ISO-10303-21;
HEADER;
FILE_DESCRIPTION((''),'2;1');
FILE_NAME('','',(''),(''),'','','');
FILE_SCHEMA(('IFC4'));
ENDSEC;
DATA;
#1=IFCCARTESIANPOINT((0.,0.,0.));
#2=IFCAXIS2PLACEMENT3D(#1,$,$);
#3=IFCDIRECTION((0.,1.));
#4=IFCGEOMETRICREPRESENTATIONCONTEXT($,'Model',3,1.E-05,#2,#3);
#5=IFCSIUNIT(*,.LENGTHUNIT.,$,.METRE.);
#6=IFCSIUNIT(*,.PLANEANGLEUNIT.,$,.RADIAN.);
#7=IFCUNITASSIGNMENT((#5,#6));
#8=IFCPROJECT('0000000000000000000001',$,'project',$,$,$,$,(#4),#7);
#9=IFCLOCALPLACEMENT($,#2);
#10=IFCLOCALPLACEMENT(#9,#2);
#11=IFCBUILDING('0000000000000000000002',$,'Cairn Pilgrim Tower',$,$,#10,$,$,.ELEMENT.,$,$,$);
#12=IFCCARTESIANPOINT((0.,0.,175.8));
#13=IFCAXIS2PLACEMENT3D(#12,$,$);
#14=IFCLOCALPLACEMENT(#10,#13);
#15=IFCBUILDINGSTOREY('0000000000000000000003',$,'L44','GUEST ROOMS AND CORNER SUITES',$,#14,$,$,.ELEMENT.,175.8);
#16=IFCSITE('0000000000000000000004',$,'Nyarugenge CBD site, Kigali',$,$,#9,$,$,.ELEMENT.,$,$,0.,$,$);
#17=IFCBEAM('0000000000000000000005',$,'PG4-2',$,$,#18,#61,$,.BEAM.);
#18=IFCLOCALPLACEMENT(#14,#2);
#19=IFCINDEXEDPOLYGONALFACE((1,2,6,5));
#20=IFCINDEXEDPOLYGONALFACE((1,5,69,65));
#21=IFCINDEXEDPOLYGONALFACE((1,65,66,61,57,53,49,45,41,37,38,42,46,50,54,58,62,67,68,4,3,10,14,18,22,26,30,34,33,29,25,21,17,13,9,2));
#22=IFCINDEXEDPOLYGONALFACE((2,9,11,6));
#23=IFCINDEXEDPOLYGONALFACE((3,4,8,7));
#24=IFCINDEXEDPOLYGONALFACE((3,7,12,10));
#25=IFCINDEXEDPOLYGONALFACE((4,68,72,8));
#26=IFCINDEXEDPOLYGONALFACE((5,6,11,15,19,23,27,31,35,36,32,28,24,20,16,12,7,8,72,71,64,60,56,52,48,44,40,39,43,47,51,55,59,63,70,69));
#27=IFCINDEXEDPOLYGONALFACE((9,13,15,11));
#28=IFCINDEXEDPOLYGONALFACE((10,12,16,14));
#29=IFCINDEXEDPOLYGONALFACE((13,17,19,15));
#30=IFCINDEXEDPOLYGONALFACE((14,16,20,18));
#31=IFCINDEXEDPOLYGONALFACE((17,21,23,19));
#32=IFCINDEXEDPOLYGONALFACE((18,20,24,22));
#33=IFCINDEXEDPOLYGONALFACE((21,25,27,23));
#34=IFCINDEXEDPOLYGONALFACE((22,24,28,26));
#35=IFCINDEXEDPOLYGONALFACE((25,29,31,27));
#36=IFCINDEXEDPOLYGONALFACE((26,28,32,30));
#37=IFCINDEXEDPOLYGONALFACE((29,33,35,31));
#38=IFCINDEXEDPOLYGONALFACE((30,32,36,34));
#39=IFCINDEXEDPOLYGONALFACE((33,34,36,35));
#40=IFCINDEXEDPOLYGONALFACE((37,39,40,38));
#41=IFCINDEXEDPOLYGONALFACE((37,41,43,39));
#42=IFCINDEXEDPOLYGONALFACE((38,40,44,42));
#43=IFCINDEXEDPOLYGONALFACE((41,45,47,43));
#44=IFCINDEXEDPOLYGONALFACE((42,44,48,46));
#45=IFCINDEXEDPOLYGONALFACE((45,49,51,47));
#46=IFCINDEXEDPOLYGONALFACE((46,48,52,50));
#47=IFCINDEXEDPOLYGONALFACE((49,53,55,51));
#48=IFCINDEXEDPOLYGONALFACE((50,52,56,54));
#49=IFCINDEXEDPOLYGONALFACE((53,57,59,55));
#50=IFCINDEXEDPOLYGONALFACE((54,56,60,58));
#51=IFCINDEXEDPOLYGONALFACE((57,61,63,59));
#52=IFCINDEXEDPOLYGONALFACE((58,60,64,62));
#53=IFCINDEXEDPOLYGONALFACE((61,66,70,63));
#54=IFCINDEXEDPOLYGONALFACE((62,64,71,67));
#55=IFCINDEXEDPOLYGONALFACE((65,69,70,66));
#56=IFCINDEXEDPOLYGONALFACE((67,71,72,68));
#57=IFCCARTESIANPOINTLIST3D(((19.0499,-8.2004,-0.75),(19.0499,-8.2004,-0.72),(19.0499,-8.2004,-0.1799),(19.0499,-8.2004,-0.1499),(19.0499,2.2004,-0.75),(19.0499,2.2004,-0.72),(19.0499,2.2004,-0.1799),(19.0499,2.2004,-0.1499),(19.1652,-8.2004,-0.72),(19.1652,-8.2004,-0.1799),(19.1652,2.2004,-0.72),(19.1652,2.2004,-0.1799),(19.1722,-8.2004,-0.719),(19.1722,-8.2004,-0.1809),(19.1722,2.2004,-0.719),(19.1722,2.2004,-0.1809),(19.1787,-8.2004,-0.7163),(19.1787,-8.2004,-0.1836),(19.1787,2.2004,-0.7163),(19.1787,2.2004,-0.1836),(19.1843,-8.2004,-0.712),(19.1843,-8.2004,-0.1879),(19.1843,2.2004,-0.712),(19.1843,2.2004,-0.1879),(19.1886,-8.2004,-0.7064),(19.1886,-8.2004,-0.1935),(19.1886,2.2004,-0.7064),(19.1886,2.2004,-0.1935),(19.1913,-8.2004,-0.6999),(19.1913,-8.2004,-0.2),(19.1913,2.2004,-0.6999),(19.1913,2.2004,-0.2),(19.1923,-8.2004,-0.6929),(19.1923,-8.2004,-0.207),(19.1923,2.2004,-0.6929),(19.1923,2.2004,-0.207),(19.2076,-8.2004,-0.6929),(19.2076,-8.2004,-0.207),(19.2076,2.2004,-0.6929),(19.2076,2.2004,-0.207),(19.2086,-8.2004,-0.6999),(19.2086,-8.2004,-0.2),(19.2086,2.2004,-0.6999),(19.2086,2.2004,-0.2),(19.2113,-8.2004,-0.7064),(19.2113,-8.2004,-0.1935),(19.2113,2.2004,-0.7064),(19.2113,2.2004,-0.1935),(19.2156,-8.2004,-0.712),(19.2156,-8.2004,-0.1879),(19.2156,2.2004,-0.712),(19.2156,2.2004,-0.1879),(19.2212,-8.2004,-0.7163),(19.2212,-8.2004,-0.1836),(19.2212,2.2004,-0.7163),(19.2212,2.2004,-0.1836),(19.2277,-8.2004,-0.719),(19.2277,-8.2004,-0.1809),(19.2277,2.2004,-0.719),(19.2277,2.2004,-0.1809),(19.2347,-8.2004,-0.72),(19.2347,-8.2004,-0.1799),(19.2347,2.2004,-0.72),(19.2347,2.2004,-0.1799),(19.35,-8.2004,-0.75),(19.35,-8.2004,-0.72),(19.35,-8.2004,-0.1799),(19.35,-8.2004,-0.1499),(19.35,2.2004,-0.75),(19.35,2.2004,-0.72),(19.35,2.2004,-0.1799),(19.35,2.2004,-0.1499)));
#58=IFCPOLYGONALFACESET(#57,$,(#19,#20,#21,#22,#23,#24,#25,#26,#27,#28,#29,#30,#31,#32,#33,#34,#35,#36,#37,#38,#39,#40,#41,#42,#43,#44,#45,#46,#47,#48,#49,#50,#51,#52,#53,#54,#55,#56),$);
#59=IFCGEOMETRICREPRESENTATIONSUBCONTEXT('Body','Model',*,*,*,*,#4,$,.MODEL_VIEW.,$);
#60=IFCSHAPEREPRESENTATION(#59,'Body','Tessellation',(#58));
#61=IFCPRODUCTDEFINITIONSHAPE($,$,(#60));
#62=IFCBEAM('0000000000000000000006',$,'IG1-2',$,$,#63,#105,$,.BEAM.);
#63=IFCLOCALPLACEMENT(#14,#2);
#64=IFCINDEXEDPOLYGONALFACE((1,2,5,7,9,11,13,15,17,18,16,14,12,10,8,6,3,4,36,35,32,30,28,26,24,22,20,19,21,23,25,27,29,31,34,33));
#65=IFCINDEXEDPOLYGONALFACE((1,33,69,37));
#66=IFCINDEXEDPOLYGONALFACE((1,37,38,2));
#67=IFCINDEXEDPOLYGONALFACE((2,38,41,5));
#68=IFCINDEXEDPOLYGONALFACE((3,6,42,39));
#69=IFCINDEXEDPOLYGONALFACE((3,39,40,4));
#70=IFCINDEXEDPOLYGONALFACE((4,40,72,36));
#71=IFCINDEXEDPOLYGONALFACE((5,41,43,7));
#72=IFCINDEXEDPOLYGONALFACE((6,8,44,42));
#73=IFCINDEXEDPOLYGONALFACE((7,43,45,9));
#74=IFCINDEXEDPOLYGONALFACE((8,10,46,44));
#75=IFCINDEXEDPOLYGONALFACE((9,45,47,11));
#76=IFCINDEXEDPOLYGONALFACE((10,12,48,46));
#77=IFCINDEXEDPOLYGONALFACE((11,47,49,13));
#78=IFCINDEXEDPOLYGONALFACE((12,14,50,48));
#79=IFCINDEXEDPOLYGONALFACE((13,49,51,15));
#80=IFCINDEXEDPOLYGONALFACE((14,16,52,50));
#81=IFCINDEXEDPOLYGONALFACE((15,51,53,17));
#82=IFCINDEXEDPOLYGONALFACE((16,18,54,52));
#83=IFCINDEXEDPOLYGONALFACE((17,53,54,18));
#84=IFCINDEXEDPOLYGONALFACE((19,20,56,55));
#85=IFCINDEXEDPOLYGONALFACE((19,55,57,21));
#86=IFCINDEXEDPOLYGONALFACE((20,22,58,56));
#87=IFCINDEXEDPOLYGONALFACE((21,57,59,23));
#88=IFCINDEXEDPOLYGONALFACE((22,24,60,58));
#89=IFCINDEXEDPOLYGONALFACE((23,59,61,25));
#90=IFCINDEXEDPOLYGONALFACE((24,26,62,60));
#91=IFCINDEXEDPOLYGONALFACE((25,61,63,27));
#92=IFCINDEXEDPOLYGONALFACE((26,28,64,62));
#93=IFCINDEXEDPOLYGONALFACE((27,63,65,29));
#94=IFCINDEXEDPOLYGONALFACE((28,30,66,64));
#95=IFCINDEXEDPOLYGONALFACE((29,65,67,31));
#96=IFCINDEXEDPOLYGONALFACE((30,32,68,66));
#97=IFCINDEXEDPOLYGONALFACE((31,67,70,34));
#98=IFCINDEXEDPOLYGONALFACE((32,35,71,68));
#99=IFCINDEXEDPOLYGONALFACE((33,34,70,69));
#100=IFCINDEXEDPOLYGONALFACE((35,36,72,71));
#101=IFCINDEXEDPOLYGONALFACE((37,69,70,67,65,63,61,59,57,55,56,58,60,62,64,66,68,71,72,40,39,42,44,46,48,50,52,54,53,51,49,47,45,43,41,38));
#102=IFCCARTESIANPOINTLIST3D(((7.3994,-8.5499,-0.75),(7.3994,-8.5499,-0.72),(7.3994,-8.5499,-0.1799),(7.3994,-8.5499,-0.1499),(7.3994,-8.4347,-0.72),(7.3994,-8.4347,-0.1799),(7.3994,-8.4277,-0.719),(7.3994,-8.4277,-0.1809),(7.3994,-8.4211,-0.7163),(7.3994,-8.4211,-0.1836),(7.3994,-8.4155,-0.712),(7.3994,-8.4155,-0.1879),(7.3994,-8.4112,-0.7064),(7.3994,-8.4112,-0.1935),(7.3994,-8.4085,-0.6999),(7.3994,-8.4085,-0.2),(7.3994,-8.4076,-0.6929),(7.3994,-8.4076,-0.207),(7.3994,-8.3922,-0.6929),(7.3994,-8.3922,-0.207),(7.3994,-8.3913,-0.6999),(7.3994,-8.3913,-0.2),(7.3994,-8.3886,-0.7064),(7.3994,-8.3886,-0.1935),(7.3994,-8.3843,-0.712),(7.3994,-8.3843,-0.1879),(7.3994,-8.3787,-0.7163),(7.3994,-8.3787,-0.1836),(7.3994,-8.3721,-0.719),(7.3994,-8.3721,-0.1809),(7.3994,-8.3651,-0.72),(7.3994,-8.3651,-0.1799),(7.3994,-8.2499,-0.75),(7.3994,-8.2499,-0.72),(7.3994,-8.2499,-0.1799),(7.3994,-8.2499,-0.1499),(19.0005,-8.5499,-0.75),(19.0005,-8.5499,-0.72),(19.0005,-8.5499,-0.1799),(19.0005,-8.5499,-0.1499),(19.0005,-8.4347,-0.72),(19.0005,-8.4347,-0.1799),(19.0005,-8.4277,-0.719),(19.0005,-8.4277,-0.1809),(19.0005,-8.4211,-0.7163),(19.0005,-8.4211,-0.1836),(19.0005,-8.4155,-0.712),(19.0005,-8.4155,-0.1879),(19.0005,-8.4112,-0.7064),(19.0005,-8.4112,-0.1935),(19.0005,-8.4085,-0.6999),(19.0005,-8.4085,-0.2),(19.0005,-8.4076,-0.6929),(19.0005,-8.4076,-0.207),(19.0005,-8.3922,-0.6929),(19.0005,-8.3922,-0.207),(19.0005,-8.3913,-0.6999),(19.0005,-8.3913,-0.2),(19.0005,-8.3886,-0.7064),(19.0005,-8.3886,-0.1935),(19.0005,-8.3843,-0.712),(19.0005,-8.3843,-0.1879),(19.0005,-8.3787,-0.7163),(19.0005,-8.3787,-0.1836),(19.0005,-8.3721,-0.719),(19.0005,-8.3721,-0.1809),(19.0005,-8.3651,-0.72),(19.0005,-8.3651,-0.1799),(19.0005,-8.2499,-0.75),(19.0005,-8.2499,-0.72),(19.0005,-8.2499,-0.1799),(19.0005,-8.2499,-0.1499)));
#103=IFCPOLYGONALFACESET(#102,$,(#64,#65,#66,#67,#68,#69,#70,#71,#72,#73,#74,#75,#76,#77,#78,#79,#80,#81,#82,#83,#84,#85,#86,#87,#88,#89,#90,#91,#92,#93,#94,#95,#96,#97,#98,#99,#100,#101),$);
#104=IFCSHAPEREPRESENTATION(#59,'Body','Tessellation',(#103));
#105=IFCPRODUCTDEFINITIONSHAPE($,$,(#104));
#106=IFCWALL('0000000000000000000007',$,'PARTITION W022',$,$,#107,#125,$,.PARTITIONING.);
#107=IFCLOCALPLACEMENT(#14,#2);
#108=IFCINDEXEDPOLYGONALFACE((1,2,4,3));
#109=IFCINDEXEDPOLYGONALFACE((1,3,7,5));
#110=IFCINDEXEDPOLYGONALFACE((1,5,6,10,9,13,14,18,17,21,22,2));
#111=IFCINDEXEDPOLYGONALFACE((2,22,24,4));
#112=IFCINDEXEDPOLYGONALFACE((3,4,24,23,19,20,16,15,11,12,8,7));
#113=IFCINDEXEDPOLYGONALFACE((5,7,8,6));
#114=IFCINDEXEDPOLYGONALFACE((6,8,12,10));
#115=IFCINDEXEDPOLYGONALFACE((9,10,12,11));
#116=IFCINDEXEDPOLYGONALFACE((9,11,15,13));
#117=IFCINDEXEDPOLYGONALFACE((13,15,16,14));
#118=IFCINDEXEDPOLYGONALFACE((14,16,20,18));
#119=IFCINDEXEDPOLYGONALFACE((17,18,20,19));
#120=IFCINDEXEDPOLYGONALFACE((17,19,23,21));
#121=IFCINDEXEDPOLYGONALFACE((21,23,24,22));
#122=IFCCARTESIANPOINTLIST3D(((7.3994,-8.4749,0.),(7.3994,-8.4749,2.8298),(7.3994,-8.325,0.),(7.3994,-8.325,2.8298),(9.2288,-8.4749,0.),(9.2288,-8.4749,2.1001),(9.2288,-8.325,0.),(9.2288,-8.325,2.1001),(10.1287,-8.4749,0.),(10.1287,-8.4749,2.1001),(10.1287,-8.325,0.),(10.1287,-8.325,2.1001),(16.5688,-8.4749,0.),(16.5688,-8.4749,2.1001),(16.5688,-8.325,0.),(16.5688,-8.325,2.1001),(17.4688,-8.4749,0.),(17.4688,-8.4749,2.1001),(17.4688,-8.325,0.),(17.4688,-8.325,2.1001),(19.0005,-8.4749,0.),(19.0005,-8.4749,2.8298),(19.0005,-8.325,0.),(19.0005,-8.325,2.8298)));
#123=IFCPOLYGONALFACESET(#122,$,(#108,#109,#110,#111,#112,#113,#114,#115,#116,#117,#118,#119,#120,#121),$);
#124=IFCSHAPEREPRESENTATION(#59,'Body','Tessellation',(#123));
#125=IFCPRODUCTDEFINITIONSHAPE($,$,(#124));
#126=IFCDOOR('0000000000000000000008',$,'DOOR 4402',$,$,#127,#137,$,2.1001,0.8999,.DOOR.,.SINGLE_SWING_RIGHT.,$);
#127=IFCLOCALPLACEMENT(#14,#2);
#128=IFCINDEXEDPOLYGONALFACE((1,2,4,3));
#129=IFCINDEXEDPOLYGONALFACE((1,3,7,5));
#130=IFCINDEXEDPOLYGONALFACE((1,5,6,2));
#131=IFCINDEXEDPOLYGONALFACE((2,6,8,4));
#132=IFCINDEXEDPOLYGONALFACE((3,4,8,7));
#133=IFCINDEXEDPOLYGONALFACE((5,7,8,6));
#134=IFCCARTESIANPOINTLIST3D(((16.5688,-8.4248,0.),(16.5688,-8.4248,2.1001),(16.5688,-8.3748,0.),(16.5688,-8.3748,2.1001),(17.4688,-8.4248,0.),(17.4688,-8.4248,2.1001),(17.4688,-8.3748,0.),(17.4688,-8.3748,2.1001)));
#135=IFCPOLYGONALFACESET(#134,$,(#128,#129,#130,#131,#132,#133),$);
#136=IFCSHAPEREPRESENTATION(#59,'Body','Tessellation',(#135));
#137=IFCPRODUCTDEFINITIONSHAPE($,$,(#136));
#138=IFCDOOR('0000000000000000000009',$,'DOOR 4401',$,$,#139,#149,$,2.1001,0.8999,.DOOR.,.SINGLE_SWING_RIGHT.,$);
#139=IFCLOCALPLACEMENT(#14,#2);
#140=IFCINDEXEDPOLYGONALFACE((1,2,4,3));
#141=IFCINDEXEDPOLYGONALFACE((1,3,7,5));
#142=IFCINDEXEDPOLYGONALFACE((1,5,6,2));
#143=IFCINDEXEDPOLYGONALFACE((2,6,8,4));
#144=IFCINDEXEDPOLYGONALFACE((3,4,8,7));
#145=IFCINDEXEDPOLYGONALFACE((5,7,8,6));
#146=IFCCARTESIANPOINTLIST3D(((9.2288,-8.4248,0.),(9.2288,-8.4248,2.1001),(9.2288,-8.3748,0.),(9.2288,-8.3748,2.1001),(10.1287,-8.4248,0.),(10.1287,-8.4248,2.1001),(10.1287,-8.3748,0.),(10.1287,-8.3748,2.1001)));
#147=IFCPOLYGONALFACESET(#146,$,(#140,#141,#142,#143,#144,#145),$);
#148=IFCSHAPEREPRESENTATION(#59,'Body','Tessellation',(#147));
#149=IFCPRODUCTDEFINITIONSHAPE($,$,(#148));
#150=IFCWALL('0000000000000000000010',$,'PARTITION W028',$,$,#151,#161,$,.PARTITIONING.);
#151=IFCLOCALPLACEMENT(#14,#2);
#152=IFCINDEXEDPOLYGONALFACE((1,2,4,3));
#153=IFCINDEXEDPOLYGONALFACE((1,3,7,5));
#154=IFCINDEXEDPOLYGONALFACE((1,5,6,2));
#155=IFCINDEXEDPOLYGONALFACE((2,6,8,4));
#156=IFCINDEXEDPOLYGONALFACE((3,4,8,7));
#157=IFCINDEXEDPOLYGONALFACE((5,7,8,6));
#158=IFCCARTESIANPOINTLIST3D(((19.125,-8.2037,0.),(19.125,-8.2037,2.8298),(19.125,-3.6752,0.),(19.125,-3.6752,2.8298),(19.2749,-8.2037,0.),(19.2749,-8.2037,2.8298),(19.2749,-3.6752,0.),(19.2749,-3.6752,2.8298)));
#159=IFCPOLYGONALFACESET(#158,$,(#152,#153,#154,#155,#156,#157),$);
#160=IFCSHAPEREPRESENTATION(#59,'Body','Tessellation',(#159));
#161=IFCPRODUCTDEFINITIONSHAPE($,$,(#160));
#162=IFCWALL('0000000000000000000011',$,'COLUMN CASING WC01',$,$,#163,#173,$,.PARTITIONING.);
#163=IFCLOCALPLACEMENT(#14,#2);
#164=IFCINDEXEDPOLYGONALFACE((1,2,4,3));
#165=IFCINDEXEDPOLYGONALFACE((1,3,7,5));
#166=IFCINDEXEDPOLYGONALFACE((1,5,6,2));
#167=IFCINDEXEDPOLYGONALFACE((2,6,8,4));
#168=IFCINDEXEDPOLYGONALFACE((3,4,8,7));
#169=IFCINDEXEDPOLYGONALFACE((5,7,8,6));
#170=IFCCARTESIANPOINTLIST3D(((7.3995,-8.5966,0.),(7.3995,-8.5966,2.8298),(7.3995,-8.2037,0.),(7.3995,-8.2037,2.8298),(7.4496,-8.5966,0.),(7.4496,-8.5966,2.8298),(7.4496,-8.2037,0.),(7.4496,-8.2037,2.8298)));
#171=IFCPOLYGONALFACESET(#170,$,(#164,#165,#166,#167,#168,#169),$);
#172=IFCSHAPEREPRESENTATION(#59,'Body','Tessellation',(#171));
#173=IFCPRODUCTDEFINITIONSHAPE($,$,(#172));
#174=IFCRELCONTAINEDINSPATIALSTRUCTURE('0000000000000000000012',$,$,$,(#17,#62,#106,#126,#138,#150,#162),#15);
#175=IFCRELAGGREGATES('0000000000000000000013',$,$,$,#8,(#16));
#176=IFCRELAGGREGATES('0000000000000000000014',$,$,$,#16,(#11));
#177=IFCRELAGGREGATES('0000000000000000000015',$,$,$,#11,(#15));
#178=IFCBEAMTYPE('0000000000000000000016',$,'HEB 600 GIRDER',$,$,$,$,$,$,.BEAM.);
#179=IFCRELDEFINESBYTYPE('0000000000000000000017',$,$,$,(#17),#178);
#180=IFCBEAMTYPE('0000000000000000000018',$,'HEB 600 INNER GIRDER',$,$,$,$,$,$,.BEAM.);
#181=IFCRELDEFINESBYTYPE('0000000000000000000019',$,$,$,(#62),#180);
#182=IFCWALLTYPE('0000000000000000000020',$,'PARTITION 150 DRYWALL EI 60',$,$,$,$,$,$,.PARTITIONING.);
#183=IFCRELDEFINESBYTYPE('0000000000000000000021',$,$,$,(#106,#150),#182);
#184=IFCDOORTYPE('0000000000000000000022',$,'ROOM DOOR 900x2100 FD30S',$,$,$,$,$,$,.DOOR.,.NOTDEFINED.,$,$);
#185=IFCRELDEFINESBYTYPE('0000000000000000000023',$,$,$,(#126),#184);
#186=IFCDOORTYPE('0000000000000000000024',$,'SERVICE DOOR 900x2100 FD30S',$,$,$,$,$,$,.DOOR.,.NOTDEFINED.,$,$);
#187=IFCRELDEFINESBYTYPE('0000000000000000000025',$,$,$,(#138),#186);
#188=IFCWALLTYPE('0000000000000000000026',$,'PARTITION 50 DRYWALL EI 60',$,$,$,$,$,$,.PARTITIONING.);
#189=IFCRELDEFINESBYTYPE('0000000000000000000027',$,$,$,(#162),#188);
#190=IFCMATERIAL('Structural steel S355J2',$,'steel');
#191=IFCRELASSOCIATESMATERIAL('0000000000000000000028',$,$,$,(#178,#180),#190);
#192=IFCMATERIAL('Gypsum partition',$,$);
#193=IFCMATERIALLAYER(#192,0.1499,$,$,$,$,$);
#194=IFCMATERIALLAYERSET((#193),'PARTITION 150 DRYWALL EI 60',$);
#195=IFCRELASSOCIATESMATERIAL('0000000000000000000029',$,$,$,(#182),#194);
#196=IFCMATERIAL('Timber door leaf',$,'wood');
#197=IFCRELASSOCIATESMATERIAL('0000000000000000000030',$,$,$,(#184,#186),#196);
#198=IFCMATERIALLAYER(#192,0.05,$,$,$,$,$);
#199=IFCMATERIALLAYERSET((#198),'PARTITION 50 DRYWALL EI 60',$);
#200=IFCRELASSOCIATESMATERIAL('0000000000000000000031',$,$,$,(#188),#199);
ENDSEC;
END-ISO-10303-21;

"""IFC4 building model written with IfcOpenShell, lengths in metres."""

from ifc_helpers import new_model, si_unit, direction, frame, frame_2d, origin, origin_2d, place, context, subcontext, project, spatial, rectangle, i_section, extrude, material, layer, layer_set, material_profile, profile_set, type_object, element, fill, save


model = new_model("IFC4")

# Units and contexts
model_context = context("Model", 3, precision=1e-05, world=origin(), true_north=direction((0.0, 1.0)))
body_context = subcontext(model_context, "Body", "Model", "MODEL_VIEW")
ifc_project = project(units=[si_unit("LENGTHUNIT", "METRE"), si_unit("PLANEANGLEUNIT", "RADIAN")], contexts=[model_context])

# Site, building, storey
site_placement = place(None, origin())
site = spatial("IfcSite", under=ifc_project, at=site_placement, Name="Nyarugenge CBD site, Kigali", CompositionType="ELEMENT", RefElevation=0.0)
building_placement = place(site_placement, origin())
building = spatial("IfcBuilding", under=site, at=building_placement, Name="Cairn Pilgrim Tower", CompositionType="ELEMENT")
storey_placement = place(building_placement, frame((0.0, 0.0, 175.8)))
storey = spatial("IfcBuildingStorey", under=building, at=storey_placement, Name="L44", Description="GUEST ROOMS AND CORNER SUITES", CompositionType="ELEMENT", Elevation=175.8)

# Shared definitions
ifc_material_1 = material(Name="Structural steel S355J2", Category="steel")

# Beams
ifc_material_profile_1 = material_profile(ifc_material_1, i_section(OverallWidth=0.3, OverallDepth=0.6001, WebThickness=0.0154, FlangeThickness=0.03, FilletRadius=0.0271, at=origin_2d()), Name="HEB 600")
ifc_profile_set_1 = profile_set([ifc_material_profile_1], Name="Structural steel S355J2")
beam_type_1 = type_object("IfcBeamType", Name="HEB 600 GIRDER", PredefinedType="BEAM", material=ifc_profile_set_1)
beam_1_placement = place(storey_placement, frame((19.2, -8.2004, -0.45), z_axis=(0.0, 1.0, 0.0), x_axis=(-1.0, 0.0, 0.0)))
element("IfcBeam", 1, at=beam_1_placement, inside=storey, type_object=beam_type_1, Name="PG4-2", PredefinedType="BEAM", context=body_context, shape_type="SweptSolid", body=[
    extrude(i_section(OverallWidth=0.3, OverallDepth=0.6001, WebThickness=0.0154, FlangeThickness=0.03, FilletRadius=0.0271, at=origin_2d()), origin(), (0.0, 0.0, 1.0), 10.4009),
])
ifc_material_profile_2 = material_profile(ifc_material_1, i_section(OverallWidth=0.3, OverallDepth=0.6001, WebThickness=0.0154, FlangeThickness=0.03, FilletRadius=0.0271, at=origin_2d()), Name="HEB 600")
ifc_profile_set_2 = profile_set([ifc_material_profile_2], Name="Structural steel S355J2")
beam_type_2 = type_object("IfcBeamType", Name="HEB 600 INNER GIRDER", PredefinedType="BEAM", material=ifc_profile_set_2)
beam_2_placement = place(storey_placement, frame((7.3994, -8.3999, -0.45), z_axis=(1.0, 0.0, 0.0), x_axis=(0.0, 1.0, 0.0)))
element("IfcBeam", 2, at=beam_2_placement, inside=storey, type_object=beam_type_2, Name="IG1-2", PredefinedType="BEAM", context=body_context, shape_type="SweptSolid", body=[
    extrude(i_section(OverallWidth=0.3, OverallDepth=0.6001, WebThickness=0.0154, FlangeThickness=0.03, FilletRadius=0.0271, at=origin_2d()), origin(), (0.0, 0.0, 1.0), 11.6011),
])

# Wall, openings, doors
ifc_material_2 = material(Name="Gypsum partition")
ifc_layer_1 = layer(ifc_material_2, 0.1499)
ifc_layer_set_1 = layer_set([ifc_layer_1], Name="PARTITION 150 DRYWALL EI 60")
wall_type_1 = type_object("IfcWallType", Name="PARTITION 150 DRYWALL EI 60", PredefinedType="PARTITIONING", material=ifc_layer_set_1)
wall_1_placement = place(storey_placement, frame((7.3994, -8.3999, 0.0), z_axis=(0.0, 0.0, 1.0), x_axis=(1.0, 0.0, 0.0)))
wall_1 = element("IfcWall", 3, at=wall_1_placement, inside=storey, type_object=wall_type_1, Name="PARTITION W022", PredefinedType="PARTITIONING", context=body_context, shape_type="SweptSolid", body=[
    extrude(rectangle(XDim=11.6011, YDim=0.1499, at=frame_2d((5.8005, 0.0))), origin(), (0.0, 0.0, 1.0), 2.8298),
])
opening_1_placement = place(wall_1_placement, frame((1.8293, 0.0, 0.0)))
opening_1 = element("IfcOpeningElement", 4, at=opening_1_placement, cuts=wall_1, PredefinedType="OPENING", context=body_context, shape_type="SweptSolid", body=[
    extrude(rectangle(XDim=0.8999, YDim=2.1001, at=frame_2d((0.45, 1.05))), frame((0.0, 0.085, 0.0), z_axis=(0.0, -1.0, 0.0), x_axis=(1.0, 0.0, 0.0)), (0.0, 0.0, 1.0), 0.1699),
])
opening_2_placement = place(wall_1_placement, frame((9.1694, 0.0, 0.0)))
opening_2 = element("IfcOpeningElement", 5, at=opening_2_placement, cuts=wall_1, PredefinedType="OPENING", context=body_context, shape_type="SweptSolid", body=[
    extrude(rectangle(XDim=0.8999, YDim=2.1001, at=frame_2d((0.45, 1.05))), frame((0.0, 0.085, 0.0), z_axis=(0.0, -1.0, 0.0), x_axis=(1.0, 0.0, 0.0)), (0.0, 0.0, 1.0), 0.1699),
])
ifc_material_3 = material(Name="Timber door leaf", Category="wood")
door_type_1 = type_object("IfcDoorType", Name="ROOM DOOR 900x2100 FD30S", OperationType="NOTDEFINED", PredefinedType="DOOR", material=ifc_material_3)
door_1_placement = place(opening_2_placement, frame((0.8999, 0.0, 0.0), z_axis=(0.0, 0.0, 1.0), x_axis=(-1.0, 0.0, 0.0)))
door_1 = element("IfcDoor", 6, at=door_1_placement, inside=storey, type_object=door_type_1, Name="DOOR 4402", OperationType="SINGLE_SWING_RIGHT", OverallHeight=2.1001, OverallWidth=0.8999, PredefinedType="DOOR", context=body_context, shape_type="SweptSolid", body=[
    extrude(rectangle(XDim=0.8999, YDim=2.1001, at=frame_2d((0.45, 1.05))), frame((0.0, 0.0249, 0.0), z_axis=(0.0, -1.0, 0.0), x_axis=(1.0, 0.0, 0.0)), (0.0, 0.0, 1.0), 0.05),
])
fill(opening_2, door_1)
door_type_2 = type_object("IfcDoorType", Name="SERVICE DOOR 900x2100 FD30S", OperationType="NOTDEFINED", PredefinedType="DOOR", material=ifc_material_3)
door_2_placement = place(opening_1_placement, frame((0.8999, 0.0, 0.0), z_axis=(0.0, 0.0, 1.0), x_axis=(-1.0, 0.0, 0.0)))
door_2 = element("IfcDoor", 7, at=door_2_placement, inside=storey, type_object=door_type_2, Name="DOOR 4401", OperationType="SINGLE_SWING_RIGHT", OverallHeight=2.1001, OverallWidth=0.8999, PredefinedType="DOOR", context=body_context, shape_type="SweptSolid", body=[
    extrude(rectangle(XDim=0.8999, YDim=2.1001, at=frame_2d((0.45, 1.05))), frame((0.0, 0.0249, 0.0), z_axis=(0.0, -1.0, 0.0), x_axis=(1.0, 0.0, 0.0)), (0.0, 0.0, 1.0), 0.05),
])
fill(opening_1, door_2)

# Walls
wall_2_placement = place(storey_placement, frame((19.2, -8.2036, 0.0), z_axis=(0.0, 0.0, 1.0), x_axis=(0.0, 1.0, 0.0)))
element("IfcWall", 8, at=wall_2_placement, inside=storey, type_object=wall_type_1, Name="PARTITION W028", PredefinedType="PARTITIONING", context=body_context, shape_type="SweptSolid", body=[
    extrude(rectangle(XDim=4.5286, YDim=0.1499, at=frame_2d((2.2642, 0.0))), origin(), (0.0, 0.0, 1.0), 2.8298),
])
ifc_layer_2 = layer(ifc_material_2, 0.05)
ifc_layer_set_2 = layer_set([ifc_layer_2], Name="PARTITION 50 DRYWALL EI 60")
wall_type_2 = type_object("IfcWallType", Name="PARTITION 50 DRYWALL EI 60", PredefinedType="PARTITIONING", material=ifc_layer_set_2)
wall_3_placement = place(storey_placement, frame((7.4246, -8.5964, 0.0), z_axis=(0.0, 0.0, 1.0), x_axis=(0.0, 1.0, 0.0)))
element("IfcWall", 9, at=wall_3_placement, inside=storey, type_object=wall_type_2, Name="COLUMN CASING WC01", PredefinedType="PARTITIONING", context=body_context, shape_type="SweptSolid", body=[
    extrude(rectangle(XDim=0.3928, YDim=0.05, at=frame_2d((0.1963, 0.0))), origin(), (0.0, 0.0, 1.0), 2.8298),
])

save(model, "model.ifc")
